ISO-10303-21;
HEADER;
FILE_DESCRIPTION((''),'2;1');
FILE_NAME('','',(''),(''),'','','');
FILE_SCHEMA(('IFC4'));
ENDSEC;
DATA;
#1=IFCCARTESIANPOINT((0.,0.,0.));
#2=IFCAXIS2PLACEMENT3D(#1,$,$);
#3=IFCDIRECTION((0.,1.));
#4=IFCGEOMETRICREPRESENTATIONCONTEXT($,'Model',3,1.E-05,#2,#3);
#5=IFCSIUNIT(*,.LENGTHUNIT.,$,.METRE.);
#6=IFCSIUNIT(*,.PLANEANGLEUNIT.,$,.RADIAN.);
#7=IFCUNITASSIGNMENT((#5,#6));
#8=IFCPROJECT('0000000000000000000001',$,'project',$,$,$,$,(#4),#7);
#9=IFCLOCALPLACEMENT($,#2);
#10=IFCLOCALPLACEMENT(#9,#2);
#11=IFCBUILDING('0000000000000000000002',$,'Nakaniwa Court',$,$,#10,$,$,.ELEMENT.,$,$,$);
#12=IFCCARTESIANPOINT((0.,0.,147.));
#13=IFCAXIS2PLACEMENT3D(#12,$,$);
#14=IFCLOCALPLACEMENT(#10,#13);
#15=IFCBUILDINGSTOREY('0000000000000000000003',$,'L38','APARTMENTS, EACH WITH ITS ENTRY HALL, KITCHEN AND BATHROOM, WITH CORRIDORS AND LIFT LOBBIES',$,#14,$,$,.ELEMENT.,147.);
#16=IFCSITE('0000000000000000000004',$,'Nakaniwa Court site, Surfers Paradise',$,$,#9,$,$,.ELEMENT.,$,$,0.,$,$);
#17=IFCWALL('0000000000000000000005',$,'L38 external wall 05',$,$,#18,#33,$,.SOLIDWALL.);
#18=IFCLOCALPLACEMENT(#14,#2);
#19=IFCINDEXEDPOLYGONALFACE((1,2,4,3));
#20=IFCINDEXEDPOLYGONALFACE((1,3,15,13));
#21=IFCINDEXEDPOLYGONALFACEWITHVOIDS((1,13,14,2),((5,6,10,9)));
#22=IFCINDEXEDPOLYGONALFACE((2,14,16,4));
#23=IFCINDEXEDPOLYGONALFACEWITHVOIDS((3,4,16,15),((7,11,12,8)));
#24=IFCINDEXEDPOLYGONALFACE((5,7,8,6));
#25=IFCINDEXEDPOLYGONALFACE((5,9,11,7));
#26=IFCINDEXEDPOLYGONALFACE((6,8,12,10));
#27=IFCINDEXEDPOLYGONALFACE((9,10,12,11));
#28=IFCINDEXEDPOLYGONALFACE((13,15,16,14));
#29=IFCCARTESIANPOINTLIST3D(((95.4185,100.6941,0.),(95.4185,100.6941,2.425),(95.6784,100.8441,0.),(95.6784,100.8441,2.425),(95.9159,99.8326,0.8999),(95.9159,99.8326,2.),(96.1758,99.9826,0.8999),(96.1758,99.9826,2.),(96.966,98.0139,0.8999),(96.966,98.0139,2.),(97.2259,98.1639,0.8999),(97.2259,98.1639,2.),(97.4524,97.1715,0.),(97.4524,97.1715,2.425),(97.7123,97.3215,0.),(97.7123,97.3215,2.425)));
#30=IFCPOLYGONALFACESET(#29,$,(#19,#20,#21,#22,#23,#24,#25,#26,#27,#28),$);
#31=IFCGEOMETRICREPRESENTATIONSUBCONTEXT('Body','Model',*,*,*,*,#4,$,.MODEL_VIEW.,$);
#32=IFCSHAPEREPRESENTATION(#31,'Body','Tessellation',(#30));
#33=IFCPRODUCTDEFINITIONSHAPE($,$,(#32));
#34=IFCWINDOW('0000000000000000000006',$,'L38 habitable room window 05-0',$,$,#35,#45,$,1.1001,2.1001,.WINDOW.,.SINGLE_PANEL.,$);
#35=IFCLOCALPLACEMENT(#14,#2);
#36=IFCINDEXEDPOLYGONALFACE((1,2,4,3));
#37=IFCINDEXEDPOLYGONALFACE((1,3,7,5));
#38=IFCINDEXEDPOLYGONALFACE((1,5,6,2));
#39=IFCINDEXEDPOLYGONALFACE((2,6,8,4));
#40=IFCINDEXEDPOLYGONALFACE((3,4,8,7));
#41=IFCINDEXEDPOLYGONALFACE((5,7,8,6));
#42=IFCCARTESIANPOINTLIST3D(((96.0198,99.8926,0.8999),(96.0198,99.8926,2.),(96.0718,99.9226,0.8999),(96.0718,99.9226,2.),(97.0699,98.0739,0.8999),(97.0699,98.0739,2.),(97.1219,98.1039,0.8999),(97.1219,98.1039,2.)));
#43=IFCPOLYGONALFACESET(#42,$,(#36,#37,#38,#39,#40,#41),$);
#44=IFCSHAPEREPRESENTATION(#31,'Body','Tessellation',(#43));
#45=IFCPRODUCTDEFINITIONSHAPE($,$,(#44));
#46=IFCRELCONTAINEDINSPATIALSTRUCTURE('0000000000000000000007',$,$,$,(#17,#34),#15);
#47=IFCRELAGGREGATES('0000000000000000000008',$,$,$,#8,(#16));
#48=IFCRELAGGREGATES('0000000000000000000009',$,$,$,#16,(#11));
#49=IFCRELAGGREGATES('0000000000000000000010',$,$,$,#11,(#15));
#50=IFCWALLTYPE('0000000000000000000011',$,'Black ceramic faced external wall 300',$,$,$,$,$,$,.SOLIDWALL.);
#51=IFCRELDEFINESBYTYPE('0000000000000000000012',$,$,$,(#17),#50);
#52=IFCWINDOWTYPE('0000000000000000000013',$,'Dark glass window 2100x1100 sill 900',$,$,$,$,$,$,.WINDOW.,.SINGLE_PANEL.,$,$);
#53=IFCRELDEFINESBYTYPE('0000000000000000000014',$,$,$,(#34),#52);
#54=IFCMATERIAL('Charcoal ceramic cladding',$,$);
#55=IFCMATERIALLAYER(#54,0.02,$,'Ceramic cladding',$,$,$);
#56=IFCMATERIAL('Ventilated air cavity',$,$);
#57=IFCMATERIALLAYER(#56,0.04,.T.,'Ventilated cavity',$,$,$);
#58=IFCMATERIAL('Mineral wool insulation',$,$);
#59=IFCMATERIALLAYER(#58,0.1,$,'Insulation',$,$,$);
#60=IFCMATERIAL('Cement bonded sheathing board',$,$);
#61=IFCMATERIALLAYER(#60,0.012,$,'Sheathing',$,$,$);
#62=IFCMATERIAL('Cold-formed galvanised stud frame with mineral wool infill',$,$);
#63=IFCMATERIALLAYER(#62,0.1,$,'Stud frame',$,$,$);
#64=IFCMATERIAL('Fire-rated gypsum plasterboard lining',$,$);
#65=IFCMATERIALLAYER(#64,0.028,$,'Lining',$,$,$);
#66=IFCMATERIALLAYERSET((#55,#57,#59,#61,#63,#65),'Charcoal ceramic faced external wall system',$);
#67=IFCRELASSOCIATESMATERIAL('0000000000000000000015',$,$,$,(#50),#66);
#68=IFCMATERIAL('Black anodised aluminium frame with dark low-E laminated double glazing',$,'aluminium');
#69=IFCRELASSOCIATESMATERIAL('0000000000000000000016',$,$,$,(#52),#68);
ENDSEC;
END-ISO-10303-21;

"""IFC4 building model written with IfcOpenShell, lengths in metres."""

from ifc_helpers import new_model, si_unit, direction, frame, frame_2d, origin, place, context, subcontext, project, spatial, rectangle, extrude, material, layer, layer_set, type_object, element, fill, save


model = new_model("IFC4")

# Units and contexts
model_context = context("Model", 3, precision=1e-05, world=origin(), true_north=direction((0.0, 1.0)))
body_context = subcontext(model_context, "Body", "Model", "MODEL_VIEW")
ifc_project = project(units=[si_unit("LENGTHUNIT", "METRE"), si_unit("PLANEANGLEUNIT", "RADIAN")], contexts=[model_context])

# Site, building, storey
site_placement = place(None, origin())
site = spatial("IfcSite", under=ifc_project, at=site_placement, Name="Nakaniwa Court site, Surfers Paradise", CompositionType="ELEMENT", RefElevation=0.0)
building_placement = place(site_placement, origin())
building = spatial("IfcBuilding", under=site, at=building_placement, Name="Nakaniwa Court", CompositionType="ELEMENT")
storey_placement = place(building_placement, frame((0.0, 0.0, 147.0)))
storey = spatial("IfcBuildingStorey", under=building, at=storey_placement, Name="L38", Description="APARTMENTS, EACH WITH ITS ENTRY HALL, KITCHEN AND BATHROOM, WITH CORRIDORS AND LIFT LOBBIES", CompositionType="ELEMENT", Elevation=147.0)

# Wall, opening, window
ifc_material_1 = material(Name="Charcoal ceramic cladding")
ifc_layer_1 = layer(ifc_material_1, 0.02, Name="Ceramic cladding")
ifc_material_2 = material(Name="Ventilated air cavity")
ifc_layer_2 = layer(ifc_material_2, 0.04, ventilated=True, Name="Ventilated cavity")
ifc_material_3 = material(Name="Mineral wool insulation")
ifc_layer_3 = layer(ifc_material_3, 0.1, Name="Insulation")
ifc_material_4 = material(Name="Cement bonded sheathing board")
ifc_layer_4 = layer(ifc_material_4, 0.012, Name="Sheathing")
ifc_material_5 = material(Name="Cold-formed galvanised stud frame with mineral wool infill")
ifc_layer_5 = layer(ifc_material_5, 0.1, Name="Stud frame")
ifc_material_6 = material(Name="Fire-rated gypsum plasterboard lining")
ifc_layer_6 = layer(ifc_material_6, 0.028, Name="Lining")
ifc_layer_set_1 = layer_set([ifc_layer_1, ifc_layer_2, ifc_layer_3, ifc_layer_4, ifc_layer_5, ifc_layer_6], Name="Charcoal ceramic faced external wall system")
wall_type_1 = type_object("IfcWallType", Name="Black ceramic faced external wall 300", PredefinedType="SOLIDWALL", material=ifc_layer_set_1)
ifc_material_7 = material(Name="Black anodised aluminium frame with dark low-E laminated double glazing", Category="aluminium")
window_type = type_object("IfcWindowType", Name="Dark glass window 2100x1100 sill 900", PartitioningType="SINGLE_PANEL", PredefinedType="WINDOW", material=ifc_material_7)
wall_1_placement = place(storey_placement, frame((97.5823, 97.2466, 0.0), z_axis=(0.0, 0.0, 1.0), x_axis=(-0.500019, 0.866015, 0.0)))
wall_1 = element("IfcWall", 1, at=wall_1_placement, inside=storey, type_object=wall_type_1, Name="L38 external wall 05", PredefinedType="SOLIDWALL", context=body_context, shape_type="SweptSolid", body=[
    extrude(rectangle(XDim=4.0676, YDim=0.3, at=frame_2d((2.0337, 0.0))), origin(), (0.0, 0.0, 1.0), 2.425),
])
opening_1_placement = place(wall_1_placement, frame((0.9727, 0.0, 0.8999)))
opening_1 = element("IfcOpeningElement", 2, at=opening_1_placement, cuts=wall_1, PredefinedType="OPENING", context=body_context, shape_type="SweptSolid", body=[
    extrude(rectangle(XDim=2.1001, YDim=1.1001, at=frame_2d((1.05, 0.55))), frame((0.0, 0.1599, 0.0), z_axis=(0.0, -1.0, 0.0), x_axis=(1.0, 0.0, 0.0)), (0.0, 0.0, 1.0), 0.3201),
])
window_1_placement = place(opening_1_placement, origin())
window_1 = element("IfcWindow", 3, at=window_1_placement, inside=storey, type_object=window_type, Name="L38 habitable room window 05-0", OverallHeight=1.1001, OverallWidth=2.1001, PartitioningType="SINGLE_PANEL", PredefinedType="WINDOW", context=body_context, shape_type="SweptSolid", body=[
    extrude(rectangle(XDim=2.1001, YDim=1.1001, at=frame_2d((1.05, 0.55))), frame((0.0, 0.03, 0.0), z_axis=(0.0, -1.0, 0.0), x_axis=(1.0, 0.0, 0.0)), (0.0, 0.0, 1.0), 0.0601),
])
fill(opening_1, window_1)

save(model, "model.ifc")
